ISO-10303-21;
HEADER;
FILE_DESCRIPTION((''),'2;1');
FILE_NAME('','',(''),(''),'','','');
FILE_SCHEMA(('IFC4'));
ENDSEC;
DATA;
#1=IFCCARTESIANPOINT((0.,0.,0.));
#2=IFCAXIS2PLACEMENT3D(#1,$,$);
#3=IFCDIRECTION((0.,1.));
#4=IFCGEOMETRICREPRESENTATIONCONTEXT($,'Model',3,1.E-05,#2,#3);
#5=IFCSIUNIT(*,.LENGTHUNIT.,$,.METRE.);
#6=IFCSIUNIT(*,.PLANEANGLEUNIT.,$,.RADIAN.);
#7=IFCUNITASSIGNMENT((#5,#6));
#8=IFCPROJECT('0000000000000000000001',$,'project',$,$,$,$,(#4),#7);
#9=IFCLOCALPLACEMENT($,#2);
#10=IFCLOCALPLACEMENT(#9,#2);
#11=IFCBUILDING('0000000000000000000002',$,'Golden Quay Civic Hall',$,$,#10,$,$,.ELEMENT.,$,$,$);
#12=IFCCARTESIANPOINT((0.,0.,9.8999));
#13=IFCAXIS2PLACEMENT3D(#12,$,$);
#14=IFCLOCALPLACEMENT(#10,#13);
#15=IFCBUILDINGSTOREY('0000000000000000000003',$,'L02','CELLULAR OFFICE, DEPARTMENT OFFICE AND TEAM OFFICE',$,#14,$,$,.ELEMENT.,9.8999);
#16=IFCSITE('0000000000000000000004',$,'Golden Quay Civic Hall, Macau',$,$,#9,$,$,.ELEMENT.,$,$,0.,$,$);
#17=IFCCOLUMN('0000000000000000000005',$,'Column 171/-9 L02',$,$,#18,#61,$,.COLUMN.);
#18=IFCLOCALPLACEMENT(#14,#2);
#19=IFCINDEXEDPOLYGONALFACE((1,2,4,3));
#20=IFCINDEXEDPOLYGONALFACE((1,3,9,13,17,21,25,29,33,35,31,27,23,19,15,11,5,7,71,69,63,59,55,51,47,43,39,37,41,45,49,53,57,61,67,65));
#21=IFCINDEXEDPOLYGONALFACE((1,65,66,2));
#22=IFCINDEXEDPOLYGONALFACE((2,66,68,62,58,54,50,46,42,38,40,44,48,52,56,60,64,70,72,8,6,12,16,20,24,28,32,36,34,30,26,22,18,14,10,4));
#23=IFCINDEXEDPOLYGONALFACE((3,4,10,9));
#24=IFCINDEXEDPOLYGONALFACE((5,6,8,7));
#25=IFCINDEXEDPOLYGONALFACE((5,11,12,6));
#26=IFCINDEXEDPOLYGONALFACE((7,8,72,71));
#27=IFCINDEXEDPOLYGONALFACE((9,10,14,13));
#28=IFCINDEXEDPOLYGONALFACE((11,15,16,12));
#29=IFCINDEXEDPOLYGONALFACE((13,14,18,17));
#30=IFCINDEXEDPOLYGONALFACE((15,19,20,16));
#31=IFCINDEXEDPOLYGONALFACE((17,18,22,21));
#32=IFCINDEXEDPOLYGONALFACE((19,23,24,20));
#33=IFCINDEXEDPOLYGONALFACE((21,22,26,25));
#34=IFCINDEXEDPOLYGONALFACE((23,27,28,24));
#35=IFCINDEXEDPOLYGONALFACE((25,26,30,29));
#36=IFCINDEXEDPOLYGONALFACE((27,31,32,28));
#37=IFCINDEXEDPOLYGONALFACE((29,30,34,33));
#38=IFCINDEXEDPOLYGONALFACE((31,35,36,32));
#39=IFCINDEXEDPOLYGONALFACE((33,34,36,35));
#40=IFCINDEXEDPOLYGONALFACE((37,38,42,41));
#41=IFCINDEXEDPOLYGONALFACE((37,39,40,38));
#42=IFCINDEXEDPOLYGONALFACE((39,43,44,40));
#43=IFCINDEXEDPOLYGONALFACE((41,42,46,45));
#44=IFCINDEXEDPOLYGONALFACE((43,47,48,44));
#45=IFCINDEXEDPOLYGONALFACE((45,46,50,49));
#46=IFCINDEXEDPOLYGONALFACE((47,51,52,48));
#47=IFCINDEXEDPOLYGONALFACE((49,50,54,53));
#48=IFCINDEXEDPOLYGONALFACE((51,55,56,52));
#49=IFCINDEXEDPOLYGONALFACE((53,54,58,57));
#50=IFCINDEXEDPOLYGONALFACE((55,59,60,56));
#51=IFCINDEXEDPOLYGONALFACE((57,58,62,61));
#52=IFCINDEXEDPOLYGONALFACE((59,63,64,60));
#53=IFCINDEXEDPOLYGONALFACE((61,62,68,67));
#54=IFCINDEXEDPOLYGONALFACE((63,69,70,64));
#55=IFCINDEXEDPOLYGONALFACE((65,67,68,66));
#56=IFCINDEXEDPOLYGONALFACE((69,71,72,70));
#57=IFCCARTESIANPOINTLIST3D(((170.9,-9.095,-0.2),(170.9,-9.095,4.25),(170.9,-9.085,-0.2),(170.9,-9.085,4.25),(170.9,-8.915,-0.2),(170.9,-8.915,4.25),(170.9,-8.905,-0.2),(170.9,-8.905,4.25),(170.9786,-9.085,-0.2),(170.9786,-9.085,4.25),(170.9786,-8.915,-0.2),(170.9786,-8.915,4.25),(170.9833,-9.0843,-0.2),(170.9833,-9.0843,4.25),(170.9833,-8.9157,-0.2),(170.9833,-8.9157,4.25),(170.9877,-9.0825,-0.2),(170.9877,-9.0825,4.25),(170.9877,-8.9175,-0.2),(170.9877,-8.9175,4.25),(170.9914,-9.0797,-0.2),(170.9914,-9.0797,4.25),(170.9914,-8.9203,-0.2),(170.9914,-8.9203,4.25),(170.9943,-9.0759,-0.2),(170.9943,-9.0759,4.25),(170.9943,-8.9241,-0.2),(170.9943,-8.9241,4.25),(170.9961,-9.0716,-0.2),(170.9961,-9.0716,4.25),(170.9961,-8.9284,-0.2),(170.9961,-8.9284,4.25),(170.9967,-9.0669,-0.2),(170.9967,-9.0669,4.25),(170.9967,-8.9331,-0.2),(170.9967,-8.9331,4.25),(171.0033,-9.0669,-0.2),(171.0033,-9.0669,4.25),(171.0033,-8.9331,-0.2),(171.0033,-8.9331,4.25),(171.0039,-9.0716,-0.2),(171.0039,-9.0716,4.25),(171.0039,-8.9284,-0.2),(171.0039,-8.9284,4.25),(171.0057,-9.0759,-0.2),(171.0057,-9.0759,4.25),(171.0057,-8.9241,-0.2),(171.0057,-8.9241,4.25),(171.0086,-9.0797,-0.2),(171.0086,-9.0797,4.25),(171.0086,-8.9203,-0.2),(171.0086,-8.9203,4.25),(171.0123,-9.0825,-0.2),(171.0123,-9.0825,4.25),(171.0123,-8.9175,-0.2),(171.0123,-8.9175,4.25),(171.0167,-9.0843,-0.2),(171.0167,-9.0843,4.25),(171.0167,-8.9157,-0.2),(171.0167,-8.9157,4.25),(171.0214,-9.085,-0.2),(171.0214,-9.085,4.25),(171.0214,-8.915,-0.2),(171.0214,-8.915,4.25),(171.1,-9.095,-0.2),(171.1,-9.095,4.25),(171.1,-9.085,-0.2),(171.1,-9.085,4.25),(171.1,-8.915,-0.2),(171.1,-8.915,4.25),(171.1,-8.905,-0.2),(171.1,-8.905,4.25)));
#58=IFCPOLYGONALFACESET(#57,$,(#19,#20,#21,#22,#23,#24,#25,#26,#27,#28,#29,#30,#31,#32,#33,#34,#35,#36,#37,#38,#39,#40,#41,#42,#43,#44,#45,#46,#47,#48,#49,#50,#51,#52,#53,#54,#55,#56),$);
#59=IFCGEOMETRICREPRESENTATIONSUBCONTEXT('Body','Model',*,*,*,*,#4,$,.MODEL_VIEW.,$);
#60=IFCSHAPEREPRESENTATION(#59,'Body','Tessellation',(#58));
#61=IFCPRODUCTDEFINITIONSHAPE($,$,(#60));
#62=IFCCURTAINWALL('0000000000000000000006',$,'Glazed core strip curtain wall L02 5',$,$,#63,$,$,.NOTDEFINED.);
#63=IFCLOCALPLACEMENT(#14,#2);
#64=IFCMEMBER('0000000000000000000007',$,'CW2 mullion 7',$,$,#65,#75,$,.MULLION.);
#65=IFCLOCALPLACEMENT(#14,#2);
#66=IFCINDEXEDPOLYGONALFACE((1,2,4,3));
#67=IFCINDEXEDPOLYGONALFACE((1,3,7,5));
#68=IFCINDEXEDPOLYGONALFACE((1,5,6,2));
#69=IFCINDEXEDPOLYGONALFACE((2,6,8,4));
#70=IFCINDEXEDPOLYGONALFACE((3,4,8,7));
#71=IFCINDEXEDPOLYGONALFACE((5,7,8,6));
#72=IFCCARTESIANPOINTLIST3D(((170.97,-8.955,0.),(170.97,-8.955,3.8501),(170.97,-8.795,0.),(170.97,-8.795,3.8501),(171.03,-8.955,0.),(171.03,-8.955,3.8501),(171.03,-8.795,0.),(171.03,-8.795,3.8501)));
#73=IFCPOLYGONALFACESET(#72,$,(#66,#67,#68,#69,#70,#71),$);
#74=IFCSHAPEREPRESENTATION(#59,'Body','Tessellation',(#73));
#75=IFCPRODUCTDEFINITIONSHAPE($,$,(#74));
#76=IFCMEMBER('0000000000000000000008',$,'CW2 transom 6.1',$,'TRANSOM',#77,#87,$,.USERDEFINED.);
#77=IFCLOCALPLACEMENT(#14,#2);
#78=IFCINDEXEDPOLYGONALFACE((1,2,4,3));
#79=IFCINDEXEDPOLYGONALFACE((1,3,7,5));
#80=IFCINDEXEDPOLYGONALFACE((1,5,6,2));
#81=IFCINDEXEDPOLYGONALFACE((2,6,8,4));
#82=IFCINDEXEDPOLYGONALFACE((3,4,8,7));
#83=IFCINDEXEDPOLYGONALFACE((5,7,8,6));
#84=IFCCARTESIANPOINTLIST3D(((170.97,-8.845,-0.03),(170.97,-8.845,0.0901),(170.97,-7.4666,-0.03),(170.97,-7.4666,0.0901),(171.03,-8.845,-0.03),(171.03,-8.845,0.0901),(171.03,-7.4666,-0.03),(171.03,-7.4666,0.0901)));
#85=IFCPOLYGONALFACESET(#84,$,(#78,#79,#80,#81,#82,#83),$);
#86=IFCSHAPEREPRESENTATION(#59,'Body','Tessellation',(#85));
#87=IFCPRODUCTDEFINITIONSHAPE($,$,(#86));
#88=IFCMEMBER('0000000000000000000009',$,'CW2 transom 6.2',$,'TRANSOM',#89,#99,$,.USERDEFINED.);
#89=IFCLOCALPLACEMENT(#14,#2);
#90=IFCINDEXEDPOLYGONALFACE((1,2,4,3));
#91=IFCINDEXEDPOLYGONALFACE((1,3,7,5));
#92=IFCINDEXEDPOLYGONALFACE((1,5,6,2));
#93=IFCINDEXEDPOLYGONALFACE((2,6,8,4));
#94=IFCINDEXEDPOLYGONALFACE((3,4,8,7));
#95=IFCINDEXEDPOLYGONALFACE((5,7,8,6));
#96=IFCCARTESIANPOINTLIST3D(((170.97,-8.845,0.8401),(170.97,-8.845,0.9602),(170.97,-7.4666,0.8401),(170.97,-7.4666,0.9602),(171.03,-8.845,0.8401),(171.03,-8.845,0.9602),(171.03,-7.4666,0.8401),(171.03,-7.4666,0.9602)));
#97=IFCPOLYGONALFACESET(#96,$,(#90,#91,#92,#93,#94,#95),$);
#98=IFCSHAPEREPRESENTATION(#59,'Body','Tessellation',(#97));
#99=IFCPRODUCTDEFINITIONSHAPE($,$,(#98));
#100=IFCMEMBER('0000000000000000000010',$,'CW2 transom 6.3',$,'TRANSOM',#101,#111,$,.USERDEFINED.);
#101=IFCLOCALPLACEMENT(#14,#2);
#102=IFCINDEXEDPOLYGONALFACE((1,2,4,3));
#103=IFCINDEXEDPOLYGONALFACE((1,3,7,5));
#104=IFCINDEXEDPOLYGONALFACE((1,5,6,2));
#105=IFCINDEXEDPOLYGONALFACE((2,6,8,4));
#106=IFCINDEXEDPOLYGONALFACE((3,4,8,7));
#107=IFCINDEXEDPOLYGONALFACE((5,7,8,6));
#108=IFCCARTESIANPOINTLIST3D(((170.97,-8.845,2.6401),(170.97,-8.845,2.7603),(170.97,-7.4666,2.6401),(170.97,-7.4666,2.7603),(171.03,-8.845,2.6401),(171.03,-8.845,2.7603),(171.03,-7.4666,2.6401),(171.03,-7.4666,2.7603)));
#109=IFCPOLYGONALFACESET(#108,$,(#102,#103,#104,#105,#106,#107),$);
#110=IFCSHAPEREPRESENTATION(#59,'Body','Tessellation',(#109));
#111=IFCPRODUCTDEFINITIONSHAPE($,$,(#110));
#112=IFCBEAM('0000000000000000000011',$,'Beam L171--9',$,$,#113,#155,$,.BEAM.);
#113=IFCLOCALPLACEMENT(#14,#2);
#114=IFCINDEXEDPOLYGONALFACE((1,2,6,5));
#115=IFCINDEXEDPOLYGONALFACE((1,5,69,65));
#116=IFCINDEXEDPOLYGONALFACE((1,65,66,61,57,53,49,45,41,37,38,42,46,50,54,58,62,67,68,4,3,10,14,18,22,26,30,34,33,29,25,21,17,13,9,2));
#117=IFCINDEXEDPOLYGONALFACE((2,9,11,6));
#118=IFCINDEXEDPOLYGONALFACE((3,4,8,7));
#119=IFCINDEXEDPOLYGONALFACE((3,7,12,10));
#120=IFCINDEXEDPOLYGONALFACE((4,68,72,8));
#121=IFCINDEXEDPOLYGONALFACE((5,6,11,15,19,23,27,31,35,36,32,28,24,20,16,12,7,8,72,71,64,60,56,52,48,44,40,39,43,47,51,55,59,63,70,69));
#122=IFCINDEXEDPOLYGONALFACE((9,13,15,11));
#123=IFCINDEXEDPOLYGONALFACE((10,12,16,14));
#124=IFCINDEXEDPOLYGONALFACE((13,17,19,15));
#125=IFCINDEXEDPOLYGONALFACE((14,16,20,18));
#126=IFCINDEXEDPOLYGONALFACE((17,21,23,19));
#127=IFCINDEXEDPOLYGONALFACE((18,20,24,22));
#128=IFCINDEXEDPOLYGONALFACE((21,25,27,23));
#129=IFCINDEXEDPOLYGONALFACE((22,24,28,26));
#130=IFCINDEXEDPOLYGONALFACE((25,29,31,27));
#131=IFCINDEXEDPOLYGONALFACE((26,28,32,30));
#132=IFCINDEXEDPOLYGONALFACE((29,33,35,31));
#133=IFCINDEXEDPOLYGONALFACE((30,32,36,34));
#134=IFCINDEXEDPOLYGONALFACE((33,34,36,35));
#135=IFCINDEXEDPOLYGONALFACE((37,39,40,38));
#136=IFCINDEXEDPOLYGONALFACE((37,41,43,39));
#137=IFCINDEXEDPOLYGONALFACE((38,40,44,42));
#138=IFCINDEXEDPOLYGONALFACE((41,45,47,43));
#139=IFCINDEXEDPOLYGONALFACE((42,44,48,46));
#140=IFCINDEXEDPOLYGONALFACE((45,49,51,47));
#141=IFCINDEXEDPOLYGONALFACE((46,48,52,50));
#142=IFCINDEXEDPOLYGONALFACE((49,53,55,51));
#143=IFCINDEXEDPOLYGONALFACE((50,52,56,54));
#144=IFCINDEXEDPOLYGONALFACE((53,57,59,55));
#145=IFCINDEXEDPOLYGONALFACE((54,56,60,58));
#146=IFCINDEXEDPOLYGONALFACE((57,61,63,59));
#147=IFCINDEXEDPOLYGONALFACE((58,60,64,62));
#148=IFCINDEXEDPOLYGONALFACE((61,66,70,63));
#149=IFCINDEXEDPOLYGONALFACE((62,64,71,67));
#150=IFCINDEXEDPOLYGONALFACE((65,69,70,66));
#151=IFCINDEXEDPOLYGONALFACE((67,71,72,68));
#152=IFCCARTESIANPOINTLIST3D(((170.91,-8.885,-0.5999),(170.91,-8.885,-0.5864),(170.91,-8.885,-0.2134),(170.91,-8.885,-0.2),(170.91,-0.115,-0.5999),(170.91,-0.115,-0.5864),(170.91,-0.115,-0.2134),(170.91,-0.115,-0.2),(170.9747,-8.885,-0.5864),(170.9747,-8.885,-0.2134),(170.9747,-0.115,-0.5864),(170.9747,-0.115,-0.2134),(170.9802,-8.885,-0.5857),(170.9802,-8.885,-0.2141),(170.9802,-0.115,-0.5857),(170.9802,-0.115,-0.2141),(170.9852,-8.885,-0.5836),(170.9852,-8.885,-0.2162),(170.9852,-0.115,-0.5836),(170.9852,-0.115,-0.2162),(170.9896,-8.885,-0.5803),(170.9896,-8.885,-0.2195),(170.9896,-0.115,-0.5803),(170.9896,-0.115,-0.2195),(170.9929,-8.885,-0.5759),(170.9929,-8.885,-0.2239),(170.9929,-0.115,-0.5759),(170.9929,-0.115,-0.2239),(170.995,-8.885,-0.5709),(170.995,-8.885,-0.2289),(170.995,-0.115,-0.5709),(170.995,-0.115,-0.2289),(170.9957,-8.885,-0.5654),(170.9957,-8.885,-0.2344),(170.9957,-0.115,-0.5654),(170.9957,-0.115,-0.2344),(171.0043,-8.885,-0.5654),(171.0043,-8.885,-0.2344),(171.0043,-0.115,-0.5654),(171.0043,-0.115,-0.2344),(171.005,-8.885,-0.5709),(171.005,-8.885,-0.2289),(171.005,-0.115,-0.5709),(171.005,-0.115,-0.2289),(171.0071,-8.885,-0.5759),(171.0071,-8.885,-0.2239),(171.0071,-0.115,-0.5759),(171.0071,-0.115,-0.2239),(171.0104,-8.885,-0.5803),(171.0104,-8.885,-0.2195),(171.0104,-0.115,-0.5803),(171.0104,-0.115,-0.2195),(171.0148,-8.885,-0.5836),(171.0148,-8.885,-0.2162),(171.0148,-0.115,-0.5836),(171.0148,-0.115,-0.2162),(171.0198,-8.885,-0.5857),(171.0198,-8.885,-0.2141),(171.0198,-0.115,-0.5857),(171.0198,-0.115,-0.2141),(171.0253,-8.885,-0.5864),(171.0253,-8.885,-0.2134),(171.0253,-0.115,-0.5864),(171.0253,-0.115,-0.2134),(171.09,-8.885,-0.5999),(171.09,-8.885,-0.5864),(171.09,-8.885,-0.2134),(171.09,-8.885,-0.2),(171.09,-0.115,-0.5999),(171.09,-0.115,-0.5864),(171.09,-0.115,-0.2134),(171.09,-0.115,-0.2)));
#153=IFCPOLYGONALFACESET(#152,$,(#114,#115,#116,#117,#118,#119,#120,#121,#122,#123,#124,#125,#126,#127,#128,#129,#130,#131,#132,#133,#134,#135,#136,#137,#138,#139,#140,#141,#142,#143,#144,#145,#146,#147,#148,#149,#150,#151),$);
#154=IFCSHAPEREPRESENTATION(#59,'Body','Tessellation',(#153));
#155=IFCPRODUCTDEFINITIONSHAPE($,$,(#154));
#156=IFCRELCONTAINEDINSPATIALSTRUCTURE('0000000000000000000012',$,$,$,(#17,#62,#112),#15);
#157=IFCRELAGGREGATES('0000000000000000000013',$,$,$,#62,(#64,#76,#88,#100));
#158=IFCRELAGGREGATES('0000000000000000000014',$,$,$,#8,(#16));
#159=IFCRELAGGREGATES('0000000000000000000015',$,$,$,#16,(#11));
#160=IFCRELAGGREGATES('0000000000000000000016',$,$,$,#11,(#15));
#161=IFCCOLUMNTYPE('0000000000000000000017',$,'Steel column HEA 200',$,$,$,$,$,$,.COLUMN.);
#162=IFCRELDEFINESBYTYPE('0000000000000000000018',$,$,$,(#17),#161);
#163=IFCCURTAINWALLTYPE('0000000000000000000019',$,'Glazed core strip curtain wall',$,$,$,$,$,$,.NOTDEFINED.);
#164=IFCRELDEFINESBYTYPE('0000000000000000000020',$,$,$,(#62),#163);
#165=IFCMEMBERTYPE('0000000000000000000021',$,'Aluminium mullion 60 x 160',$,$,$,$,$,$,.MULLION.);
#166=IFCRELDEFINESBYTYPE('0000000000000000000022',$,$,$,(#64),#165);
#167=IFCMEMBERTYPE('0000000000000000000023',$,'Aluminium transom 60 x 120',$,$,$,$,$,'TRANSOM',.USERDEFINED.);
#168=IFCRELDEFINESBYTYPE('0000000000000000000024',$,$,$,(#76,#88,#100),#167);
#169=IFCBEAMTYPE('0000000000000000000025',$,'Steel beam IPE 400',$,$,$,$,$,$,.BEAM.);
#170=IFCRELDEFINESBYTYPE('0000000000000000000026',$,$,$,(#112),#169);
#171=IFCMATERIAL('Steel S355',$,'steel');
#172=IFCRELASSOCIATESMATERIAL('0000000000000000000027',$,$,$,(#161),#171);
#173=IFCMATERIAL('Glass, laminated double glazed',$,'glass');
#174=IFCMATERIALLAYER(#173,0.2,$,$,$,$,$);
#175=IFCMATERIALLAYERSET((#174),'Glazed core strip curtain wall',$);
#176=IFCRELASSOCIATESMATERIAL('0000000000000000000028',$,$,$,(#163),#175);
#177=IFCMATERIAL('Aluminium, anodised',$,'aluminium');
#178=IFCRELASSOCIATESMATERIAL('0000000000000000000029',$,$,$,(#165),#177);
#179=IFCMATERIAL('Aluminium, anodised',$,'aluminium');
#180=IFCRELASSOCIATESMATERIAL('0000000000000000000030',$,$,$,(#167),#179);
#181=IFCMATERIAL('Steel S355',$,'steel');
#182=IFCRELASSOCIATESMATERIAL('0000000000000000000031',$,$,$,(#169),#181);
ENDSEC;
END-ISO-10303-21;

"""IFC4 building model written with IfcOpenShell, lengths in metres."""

from ifc_helpers import new_model, si_unit, direction, frame, origin, origin_2d, place, context, subcontext, project, spatial, rectangle, i_section, extrude, material, layer, layer_set, material_profile, profile_set, type_object, element, aggregate, save


model = new_model("IFC4")

# Units and contexts
model_context = context("Model", 3, precision=1e-05, world=origin(), true_north=direction((0.0, 1.0)))
body_context = subcontext(model_context, "Body", "Model", "MODEL_VIEW")
ifc_project = project(units=[si_unit("LENGTHUNIT", "METRE"), si_unit("PLANEANGLEUNIT", "RADIAN")], contexts=[model_context])

# Site, building, storey
site_placement = place(None, origin())
site = spatial("IfcSite", under=ifc_project, at=site_placement, Name="Golden Quay Civic Hall, Macau", CompositionType="ELEMENT", RefElevation=0.0)
building_placement = place(site_placement, origin())
building = spatial("IfcBuilding", under=site, at=building_placement, Name="Golden Quay Civic Hall", CompositionType="ELEMENT")
storey_placement = place(building_placement, frame((0.0, 0.0, 9.8999)))
storey = spatial("IfcBuildingStorey", under=building, at=storey_placement, Name="L02", Description="CELLULAR OFFICE, DEPARTMENT OFFICE AND TEAM OFFICE", CompositionType="ELEMENT", Elevation=9.8999)

# Column
ifc_material_1 = material(Name="Steel S355", Category="steel")
ifc_material_profile_1 = material_profile(ifc_material_1, i_section(OverallWidth=0.2, OverallDepth=0.1899, WebThickness=0.0066, FlangeThickness=0.01, FilletRadius=0.0181, at=origin_2d()), Name="HEA 200")
ifc_profile_set_1 = profile_set([ifc_material_profile_1], Name="Steel S355")
column_type = type_object("IfcColumnType", Name="Steel column HEA 200", PredefinedType="COLUMN", material=ifc_profile_set_1)
column_placement = place(storey_placement, frame((171.0, -9.0, -0.2), z_axis=(0.0, 0.0, 1.0), x_axis=(1.0, 0.0, 0.0)))
element("IfcColumn", 1, at=column_placement, inside=storey, type_object=column_type, Name="Column 171/-9 L02", PredefinedType="COLUMN", context=body_context, shape_type="SweptSolid", body=[
    extrude(i_section(OverallWidth=0.2, OverallDepth=0.1899, WebThickness=0.0066, FlangeThickness=0.01, FilletRadius=0.0181, at=origin_2d()), origin(), (0.0, 0.0, 1.0), 4.45),
])

# Curtain wall, members
ifc_material_2 = material(Name="Glass, laminated double glazed", Category="glass")
ifc_layer_1 = layer(ifc_material_2, 0.2)
ifc_layer_set_1 = layer_set([ifc_layer_1], Name="Glazed core strip curtain wall")
curtain_wall_type = type_object("IfcCurtainWallType", Name="Glazed core strip curtain wall", PredefinedType="NOTDEFINED", material=ifc_layer_set_1)
curtain_wall_placement = place(storey_placement, origin())
curtain_wall = element("IfcCurtainWall", 2, at=curtain_wall_placement, inside=storey, type_object=curtain_wall_type, Name="Glazed core strip curtain wall L02 5", PredefinedType="NOTDEFINED")
ifc_material_3 = material(Name="Aluminium, anodised", Category="aluminium")
ifc_material_profile_2 = material_profile(ifc_material_3, rectangle(XDim=0.0601, YDim=0.1599, at=origin_2d()), Name="Aluminium 60 x 160")
ifc_profile_set_2 = profile_set([ifc_material_profile_2], Name="Aluminium, anodised")
member_type_1 = type_object("IfcMemberType", Name="Aluminium mullion 60 x 160", PredefinedType="MULLION", material=ifc_profile_set_2)
member_1_placement = place(storey_placement, frame((171.0, -8.875, 0.0), z_axis=(0.0, 0.0, 1.0), x_axis=(1.0, 0.0, 0.0)))
member_1 = element("IfcMember", 3, at=member_1_placement, type_object=member_type_1, Name="CW2 mullion 7", PredefinedType="MULLION", context=body_context, shape_type="SweptSolid", body=[
    extrude(rectangle(XDim=0.0601, YDim=0.1599, at=origin_2d()), origin(), (0.0, 0.0, 1.0), 3.8501),
])
ifc_material_4 = material(Name="Aluminium, anodised", Category="aluminium")
ifc_material_profile_3 = material_profile(ifc_material_4, rectangle(XDim=0.0601, YDim=0.1201, at=origin_2d()), Name="Aluminium 60 x 120")
ifc_profile_set_3 = profile_set([ifc_material_profile_3], Name="Aluminium, anodised")
member_type_2 = type_object("IfcMemberType", Name="Aluminium transom 60 x 120", ElementType="TRANSOM", PredefinedType="USERDEFINED", material=ifc_profile_set_3)
member_2_placement = place(storey_placement, frame((171.0, -7.4666, 0.03), z_axis=(0.0, -1.0, 0.0), x_axis=(1.0, 0.0, 0.0)))
member_2 = element("IfcMember", 4, at=member_2_placement, type_object=member_type_2, Name="CW2 transom 6.1", ObjectType="TRANSOM", PredefinedType="USERDEFINED", context=body_context, shape_type="SweptSolid", body=[
    extrude(rectangle(XDim=0.0601, YDim=0.1201, at=origin_2d()), origin(), (0.0, 0.0, 1.0), 1.3784),
])
member_3_placement = place(storey_placement, frame((171.0, -7.4666, 0.9001), z_axis=(0.0, -1.0, 0.0), x_axis=(1.0, 0.0, 0.0)))
member_3 = element("IfcMember", 5, at=member_3_placement, type_object=member_type_2, Name="CW2 transom 6.2", ObjectType="TRANSOM", PredefinedType="USERDEFINED", context=body_context, shape_type="SweptSolid", body=[
    extrude(rectangle(XDim=0.0601, YDim=0.1201, at=origin_2d()), origin(), (0.0, 0.0, 1.0), 1.3784),
])
member_4_placement = place(storey_placement, frame((171.0, -7.4666, 2.7002), z_axis=(0.0, -1.0, 0.0), x_axis=(1.0, 0.0, 0.0)))
member_4 = element("IfcMember", 6, at=member_4_placement, type_object=member_type_2, Name="CW2 transom 6.3", ObjectType="TRANSOM", PredefinedType="USERDEFINED", context=body_context, shape_type="SweptSolid", body=[
    extrude(rectangle(XDim=0.0601, YDim=0.1201, at=origin_2d()), origin(), (0.0, 0.0, 1.0), 1.3784),
])

# Beam
ifc_material_5 = material(Name="Steel S355", Category="steel")
ifc_material_profile_4 = material_profile(ifc_material_5, i_section(OverallWidth=0.1799, OverallDepth=0.3999, WebThickness=0.0085, FlangeThickness=0.0134, FilletRadius=0.021, at=origin_2d()), Name="IPE 400")
ifc_profile_set_4 = profile_set([ifc_material_profile_4], Name="Steel S355")
beam_type_1 = type_object("IfcBeamType", Name="Steel beam IPE 400", PredefinedType="BEAM", material=ifc_profile_set_4)
beam_1_placement = place(storey_placement, frame((171.0, -8.885, -0.3999), z_axis=(0.0, 1.0, 0.0), x_axis=(-1.0, 0.0, 0.0)))
element("IfcBeam", 7, at=beam_1_placement, inside=storey, type_object=beam_type_1, Name="Beam L171--9", PredefinedType="BEAM", context=body_context, shape_type="SweptSolid", body=[
    extrude(i_section(OverallWidth=0.1799, OverallDepth=0.3999, WebThickness=0.0085, FlangeThickness=0.0134, FilletRadius=0.021, at=origin_2d()), origin(), (0.0, 0.0, 1.0), 8.77),
])

aggregate(curtain_wall, [member_1, member_2, member_3, member_4])

save(model, "model.ifc")
